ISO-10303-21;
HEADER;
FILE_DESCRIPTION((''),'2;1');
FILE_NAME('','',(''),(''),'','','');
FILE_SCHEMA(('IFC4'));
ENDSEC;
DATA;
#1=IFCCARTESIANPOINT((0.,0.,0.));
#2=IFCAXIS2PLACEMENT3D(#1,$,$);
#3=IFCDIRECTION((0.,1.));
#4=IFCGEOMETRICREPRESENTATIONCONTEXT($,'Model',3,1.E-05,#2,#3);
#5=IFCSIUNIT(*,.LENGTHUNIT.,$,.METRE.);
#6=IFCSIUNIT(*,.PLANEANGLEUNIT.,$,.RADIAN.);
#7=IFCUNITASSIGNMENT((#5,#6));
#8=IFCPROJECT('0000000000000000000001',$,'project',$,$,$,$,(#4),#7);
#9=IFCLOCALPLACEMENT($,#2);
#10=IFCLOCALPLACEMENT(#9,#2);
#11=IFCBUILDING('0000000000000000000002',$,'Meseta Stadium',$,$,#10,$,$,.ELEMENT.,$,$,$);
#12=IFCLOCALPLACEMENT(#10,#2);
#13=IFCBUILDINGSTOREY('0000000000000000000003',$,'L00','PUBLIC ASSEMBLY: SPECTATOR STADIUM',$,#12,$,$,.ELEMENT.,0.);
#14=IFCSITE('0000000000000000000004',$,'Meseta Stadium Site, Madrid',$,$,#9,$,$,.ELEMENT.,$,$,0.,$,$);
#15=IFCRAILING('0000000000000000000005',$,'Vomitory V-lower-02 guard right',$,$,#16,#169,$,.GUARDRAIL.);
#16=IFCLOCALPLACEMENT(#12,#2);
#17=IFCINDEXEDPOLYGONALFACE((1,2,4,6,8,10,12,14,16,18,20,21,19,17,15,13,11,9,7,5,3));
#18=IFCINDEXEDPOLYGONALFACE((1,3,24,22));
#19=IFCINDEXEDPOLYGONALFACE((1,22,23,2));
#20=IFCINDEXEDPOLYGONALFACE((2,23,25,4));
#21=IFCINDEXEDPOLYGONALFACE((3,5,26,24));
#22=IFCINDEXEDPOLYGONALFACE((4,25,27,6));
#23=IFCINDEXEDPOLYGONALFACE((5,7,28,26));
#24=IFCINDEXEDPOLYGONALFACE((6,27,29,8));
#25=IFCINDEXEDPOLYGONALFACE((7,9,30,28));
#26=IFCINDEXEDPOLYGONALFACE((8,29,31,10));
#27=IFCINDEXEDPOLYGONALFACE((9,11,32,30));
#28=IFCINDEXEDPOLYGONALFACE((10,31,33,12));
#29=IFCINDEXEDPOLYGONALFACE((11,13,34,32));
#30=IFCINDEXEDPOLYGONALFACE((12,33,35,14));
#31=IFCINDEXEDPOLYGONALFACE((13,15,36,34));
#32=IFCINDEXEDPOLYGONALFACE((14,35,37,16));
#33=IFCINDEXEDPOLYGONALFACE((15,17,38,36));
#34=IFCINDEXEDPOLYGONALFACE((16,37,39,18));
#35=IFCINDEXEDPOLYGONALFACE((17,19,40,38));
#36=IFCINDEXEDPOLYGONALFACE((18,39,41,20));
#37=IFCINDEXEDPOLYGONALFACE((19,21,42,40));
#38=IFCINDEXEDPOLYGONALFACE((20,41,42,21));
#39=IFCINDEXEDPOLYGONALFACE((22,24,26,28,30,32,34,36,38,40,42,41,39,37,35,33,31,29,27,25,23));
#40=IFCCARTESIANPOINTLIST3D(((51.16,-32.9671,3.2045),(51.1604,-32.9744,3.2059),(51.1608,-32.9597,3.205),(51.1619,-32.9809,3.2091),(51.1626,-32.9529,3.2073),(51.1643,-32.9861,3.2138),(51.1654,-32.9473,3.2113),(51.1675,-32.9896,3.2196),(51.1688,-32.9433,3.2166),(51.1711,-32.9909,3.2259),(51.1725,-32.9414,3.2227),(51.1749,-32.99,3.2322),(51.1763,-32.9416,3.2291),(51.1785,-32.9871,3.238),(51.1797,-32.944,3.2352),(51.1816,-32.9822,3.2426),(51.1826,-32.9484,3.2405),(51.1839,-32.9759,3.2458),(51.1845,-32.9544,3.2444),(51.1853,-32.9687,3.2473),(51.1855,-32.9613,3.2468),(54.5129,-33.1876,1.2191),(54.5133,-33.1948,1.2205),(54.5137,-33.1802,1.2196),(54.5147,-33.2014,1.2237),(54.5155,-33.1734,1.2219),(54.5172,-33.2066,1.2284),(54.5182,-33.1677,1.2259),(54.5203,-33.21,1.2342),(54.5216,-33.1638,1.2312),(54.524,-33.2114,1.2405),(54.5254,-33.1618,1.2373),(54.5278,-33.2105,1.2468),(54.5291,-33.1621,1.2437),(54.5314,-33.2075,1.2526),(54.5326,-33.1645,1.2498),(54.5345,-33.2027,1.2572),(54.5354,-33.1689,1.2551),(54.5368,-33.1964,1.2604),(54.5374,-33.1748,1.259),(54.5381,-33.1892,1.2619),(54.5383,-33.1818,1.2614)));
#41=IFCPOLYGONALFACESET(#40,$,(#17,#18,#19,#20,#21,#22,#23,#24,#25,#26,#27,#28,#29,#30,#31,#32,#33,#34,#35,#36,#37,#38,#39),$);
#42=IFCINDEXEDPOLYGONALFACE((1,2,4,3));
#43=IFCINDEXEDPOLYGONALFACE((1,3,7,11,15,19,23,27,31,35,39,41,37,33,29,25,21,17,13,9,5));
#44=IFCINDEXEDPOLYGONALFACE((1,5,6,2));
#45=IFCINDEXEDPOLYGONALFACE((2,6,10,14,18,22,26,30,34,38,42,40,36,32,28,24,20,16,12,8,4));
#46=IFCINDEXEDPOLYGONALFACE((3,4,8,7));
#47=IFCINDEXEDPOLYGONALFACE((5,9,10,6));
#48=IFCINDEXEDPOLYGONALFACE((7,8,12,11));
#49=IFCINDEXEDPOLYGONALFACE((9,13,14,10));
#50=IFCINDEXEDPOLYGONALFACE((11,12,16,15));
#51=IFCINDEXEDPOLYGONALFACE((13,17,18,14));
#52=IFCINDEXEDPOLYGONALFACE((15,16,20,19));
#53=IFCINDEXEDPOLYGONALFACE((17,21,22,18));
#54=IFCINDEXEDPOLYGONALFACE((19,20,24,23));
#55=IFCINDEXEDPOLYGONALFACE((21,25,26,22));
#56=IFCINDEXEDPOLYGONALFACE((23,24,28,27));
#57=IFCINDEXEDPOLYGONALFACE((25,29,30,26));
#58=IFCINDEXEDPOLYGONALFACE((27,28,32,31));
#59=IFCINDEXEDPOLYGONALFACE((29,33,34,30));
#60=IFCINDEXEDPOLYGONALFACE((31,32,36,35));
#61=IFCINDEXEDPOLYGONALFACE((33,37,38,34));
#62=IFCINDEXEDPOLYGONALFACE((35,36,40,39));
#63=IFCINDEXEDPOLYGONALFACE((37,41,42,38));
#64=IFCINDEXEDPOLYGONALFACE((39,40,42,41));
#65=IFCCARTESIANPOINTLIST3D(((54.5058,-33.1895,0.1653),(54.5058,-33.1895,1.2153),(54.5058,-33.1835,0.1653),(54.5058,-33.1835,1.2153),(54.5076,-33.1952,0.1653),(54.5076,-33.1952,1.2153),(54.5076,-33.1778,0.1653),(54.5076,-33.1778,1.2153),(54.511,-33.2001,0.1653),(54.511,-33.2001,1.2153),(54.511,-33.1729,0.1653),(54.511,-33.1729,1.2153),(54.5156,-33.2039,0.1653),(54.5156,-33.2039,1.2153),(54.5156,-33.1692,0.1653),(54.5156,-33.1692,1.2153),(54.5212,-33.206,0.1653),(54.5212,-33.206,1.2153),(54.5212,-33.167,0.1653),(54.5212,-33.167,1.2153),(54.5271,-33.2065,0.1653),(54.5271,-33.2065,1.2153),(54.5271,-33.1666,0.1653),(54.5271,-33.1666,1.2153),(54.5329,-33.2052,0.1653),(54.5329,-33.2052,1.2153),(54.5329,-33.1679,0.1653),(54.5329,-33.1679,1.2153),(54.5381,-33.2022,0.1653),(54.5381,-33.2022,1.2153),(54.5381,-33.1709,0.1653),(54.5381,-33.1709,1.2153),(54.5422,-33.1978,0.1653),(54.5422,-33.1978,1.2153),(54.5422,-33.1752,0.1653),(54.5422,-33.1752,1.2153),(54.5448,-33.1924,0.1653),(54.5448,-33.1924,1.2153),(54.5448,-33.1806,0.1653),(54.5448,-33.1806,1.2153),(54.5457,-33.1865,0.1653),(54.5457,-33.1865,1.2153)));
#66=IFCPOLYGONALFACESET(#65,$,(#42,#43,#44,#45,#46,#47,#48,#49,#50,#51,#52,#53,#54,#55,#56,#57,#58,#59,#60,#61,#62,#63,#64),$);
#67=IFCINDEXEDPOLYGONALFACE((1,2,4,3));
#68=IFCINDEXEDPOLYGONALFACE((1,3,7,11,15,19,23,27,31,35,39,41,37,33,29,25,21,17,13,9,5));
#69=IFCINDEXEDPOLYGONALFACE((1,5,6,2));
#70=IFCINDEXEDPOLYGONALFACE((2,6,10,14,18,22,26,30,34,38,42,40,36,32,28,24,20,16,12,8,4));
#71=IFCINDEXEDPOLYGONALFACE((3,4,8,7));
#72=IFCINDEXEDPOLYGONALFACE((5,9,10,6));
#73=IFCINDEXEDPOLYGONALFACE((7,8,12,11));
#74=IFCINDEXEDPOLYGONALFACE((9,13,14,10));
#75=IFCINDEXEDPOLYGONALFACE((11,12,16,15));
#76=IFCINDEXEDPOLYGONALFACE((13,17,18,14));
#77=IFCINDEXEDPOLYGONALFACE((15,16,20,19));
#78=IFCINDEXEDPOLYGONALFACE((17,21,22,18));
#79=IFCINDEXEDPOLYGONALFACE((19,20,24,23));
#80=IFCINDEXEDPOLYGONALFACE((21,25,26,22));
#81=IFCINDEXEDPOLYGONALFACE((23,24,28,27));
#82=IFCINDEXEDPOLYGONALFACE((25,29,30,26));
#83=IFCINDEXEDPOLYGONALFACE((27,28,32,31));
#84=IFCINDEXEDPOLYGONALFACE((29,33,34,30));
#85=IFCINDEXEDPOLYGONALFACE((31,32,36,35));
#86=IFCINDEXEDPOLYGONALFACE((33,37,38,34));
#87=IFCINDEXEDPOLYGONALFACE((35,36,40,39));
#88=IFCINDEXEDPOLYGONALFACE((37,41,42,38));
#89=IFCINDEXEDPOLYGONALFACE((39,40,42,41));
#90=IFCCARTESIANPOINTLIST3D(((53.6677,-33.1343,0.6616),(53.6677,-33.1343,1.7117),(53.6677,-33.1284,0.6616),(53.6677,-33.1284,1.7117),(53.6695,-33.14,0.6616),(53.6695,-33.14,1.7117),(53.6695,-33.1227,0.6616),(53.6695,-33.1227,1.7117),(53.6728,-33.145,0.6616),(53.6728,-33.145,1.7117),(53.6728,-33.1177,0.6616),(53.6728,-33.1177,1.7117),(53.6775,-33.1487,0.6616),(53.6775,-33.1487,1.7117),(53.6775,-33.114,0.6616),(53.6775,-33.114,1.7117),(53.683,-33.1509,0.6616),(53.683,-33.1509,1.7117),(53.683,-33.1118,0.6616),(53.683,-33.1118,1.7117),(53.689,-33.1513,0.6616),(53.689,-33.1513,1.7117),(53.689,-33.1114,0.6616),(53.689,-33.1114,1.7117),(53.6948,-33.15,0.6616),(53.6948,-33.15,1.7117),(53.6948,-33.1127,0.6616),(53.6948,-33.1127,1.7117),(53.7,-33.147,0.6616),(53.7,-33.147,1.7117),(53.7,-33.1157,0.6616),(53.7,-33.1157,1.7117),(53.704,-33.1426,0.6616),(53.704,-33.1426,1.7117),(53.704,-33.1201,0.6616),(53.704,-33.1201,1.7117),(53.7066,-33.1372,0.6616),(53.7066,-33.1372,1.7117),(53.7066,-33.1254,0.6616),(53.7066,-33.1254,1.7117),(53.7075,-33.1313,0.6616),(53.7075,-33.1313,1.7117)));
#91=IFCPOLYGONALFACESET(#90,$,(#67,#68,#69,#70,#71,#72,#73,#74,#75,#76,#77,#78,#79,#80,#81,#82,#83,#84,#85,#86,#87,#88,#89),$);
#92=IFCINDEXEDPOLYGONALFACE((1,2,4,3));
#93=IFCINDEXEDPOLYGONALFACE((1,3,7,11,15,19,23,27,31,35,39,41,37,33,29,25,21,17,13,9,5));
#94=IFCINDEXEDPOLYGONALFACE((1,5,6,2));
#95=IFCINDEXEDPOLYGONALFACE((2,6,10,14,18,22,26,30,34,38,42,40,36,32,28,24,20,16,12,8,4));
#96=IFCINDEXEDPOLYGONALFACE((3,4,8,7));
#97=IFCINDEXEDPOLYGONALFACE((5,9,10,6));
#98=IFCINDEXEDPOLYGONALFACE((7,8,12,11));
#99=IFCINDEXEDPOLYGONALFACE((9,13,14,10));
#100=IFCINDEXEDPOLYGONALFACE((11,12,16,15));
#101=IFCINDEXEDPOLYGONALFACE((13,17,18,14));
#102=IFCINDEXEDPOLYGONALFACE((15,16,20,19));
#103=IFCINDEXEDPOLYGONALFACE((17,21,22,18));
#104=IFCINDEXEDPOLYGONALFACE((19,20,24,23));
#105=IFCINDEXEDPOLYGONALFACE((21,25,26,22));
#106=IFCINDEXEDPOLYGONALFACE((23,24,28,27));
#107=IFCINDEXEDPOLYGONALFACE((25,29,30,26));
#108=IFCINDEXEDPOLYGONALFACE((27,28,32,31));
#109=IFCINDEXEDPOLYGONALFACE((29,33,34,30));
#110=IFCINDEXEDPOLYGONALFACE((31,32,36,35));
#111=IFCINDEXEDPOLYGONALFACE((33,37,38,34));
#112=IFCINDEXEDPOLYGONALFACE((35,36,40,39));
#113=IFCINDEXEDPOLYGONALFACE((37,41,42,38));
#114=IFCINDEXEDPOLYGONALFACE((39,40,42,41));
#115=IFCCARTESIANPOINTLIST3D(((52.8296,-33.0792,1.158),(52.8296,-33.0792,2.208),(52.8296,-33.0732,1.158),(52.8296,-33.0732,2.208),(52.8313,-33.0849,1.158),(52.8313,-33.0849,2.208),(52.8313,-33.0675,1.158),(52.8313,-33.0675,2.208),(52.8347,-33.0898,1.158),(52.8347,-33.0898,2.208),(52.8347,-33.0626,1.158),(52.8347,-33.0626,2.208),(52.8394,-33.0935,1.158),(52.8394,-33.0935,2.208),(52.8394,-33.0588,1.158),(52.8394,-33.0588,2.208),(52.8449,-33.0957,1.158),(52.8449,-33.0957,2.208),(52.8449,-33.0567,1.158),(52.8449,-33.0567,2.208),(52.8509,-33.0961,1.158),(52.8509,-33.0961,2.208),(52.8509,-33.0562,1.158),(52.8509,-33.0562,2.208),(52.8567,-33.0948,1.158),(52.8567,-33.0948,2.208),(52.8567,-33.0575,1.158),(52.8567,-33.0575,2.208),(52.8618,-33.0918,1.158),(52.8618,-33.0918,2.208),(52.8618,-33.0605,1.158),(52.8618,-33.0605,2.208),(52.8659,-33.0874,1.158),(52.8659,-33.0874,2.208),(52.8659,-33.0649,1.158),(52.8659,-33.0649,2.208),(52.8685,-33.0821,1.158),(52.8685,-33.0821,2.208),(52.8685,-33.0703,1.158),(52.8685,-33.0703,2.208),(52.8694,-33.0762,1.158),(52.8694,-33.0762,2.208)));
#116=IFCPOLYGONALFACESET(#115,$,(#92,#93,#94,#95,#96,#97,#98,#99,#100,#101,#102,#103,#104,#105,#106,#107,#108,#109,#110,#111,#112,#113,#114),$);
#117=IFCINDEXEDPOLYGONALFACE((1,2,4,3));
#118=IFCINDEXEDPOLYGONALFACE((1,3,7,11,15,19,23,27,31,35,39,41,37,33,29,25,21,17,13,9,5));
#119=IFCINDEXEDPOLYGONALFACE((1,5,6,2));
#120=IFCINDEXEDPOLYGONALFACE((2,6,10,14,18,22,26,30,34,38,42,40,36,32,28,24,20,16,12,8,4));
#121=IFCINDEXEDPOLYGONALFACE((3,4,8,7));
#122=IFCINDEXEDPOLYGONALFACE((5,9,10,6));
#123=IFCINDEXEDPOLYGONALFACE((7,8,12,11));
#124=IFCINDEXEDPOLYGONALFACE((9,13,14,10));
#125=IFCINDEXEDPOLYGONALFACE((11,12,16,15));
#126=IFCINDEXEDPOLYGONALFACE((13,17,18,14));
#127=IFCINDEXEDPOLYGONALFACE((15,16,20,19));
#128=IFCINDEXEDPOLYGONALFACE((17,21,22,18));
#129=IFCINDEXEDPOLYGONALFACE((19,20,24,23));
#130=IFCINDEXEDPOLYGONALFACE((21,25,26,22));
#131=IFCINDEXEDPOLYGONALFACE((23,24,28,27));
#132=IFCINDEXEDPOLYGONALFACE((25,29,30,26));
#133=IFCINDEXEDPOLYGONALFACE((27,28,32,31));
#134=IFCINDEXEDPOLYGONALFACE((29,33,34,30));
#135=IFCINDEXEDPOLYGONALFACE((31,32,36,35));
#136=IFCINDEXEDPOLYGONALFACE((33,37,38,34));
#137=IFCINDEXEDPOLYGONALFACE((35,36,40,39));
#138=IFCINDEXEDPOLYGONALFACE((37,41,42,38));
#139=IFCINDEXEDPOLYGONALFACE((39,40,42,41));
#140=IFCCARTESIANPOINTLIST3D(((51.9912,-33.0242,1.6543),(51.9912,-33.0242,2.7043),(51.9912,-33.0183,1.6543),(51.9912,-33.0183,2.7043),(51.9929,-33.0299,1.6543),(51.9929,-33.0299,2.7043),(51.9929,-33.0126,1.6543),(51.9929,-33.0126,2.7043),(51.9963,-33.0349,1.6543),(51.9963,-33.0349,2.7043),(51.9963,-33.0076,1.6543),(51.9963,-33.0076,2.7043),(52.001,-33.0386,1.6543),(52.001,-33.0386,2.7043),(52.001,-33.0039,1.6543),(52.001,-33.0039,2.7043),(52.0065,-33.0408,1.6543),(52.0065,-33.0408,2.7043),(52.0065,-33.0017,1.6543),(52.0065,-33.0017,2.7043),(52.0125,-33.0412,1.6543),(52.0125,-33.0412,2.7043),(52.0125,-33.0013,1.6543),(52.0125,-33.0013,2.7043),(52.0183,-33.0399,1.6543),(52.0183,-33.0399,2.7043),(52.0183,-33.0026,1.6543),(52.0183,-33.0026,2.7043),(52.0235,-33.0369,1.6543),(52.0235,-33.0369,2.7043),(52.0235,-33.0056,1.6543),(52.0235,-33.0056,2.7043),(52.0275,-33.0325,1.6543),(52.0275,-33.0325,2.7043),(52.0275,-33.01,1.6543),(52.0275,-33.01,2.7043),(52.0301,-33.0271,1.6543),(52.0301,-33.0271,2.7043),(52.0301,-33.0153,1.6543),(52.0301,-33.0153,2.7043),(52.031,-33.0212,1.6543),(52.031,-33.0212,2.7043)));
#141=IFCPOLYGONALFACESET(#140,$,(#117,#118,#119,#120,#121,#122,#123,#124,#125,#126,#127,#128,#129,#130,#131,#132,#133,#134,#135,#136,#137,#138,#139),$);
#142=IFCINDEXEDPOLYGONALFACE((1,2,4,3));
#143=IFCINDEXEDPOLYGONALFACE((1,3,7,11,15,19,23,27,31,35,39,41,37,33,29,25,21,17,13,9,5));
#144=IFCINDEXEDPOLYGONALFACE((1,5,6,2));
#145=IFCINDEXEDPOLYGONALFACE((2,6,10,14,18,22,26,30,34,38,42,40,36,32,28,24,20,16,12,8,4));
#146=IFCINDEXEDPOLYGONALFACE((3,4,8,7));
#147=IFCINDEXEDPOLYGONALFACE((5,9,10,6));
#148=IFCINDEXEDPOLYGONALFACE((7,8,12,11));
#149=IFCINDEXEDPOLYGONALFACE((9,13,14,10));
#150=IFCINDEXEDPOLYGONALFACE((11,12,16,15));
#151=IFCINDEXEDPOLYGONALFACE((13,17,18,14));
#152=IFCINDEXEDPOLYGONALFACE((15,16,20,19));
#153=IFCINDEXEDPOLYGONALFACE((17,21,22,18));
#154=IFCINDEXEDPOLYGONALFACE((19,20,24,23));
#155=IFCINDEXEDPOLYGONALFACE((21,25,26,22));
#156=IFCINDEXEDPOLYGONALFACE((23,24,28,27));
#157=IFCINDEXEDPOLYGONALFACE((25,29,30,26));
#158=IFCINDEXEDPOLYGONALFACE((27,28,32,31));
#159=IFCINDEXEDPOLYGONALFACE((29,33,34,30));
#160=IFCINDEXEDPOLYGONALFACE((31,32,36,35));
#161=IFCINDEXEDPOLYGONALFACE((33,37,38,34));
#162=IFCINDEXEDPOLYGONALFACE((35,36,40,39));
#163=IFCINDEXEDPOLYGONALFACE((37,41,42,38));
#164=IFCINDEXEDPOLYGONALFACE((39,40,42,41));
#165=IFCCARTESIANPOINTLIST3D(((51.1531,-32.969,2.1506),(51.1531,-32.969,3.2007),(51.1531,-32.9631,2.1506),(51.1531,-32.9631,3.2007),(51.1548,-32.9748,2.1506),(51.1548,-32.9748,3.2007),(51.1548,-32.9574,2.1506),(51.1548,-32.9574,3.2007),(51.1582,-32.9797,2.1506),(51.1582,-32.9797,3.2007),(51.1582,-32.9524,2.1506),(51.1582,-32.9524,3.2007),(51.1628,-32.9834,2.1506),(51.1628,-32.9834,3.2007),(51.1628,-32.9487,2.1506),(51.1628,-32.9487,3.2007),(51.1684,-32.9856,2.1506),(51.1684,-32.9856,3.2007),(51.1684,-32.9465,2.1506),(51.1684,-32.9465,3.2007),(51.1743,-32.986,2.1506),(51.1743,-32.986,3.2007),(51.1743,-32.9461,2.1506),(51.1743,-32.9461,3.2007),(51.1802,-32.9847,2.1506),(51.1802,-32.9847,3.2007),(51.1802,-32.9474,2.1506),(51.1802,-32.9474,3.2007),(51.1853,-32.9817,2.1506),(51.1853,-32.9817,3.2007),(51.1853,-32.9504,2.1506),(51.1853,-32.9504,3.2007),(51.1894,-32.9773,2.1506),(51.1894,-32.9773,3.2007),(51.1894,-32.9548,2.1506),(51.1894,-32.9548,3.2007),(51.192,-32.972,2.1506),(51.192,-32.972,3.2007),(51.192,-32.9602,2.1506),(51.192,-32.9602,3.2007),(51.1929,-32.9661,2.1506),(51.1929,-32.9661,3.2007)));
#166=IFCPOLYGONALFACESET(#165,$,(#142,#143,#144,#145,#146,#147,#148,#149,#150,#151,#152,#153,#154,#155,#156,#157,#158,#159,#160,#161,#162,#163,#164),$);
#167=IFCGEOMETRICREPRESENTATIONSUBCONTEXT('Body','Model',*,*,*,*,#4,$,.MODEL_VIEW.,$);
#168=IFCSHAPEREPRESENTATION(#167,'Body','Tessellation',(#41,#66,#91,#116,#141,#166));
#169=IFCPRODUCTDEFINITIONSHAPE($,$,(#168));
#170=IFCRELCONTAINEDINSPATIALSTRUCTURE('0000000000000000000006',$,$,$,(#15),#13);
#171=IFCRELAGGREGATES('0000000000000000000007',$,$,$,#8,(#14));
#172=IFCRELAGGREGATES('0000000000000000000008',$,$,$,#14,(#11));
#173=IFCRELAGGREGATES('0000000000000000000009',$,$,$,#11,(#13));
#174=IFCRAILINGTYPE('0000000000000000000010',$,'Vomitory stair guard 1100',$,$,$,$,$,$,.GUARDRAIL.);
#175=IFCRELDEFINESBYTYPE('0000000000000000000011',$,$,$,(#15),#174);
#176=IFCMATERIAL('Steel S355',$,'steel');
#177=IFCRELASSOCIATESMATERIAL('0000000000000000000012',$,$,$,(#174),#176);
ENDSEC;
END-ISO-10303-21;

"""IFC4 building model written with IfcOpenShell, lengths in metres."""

from ifc_helpers import new_model, si_unit, direction, frame, origin, origin_2d, place, context, subcontext, project, spatial, circle, extrude, material, type_object, element, save


model = new_model("IFC4")

# Units and contexts
model_context = context("Model", 3, precision=1e-05, world=origin(), true_north=direction((0.0, 1.0)))
body_context = subcontext(model_context, "Body", "Model", "MODEL_VIEW")
ifc_project = project(units=[si_unit("LENGTHUNIT", "METRE"), si_unit("PLANEANGLEUNIT", "RADIAN")], contexts=[model_context])

# Site, building, storey
site_placement = place(None, origin())
site = spatial("IfcSite", under=ifc_project, at=site_placement, Name="Meseta Stadium Site, Madrid", CompositionType="ELEMENT", RefElevation=0.0)
building_placement = place(site_placement, origin())
building = spatial("IfcBuilding", under=site, at=building_placement, Name="Meseta Stadium", CompositionType="ELEMENT")
storey_placement = place(building_placement, origin())
storey = spatial("IfcBuildingStorey", under=building, at=storey_placement, Name="L00", Description="PUBLIC ASSEMBLY: SPECTATOR STADIUM", CompositionType="ELEMENT", Elevation=0.0)

# Railing
ifc_material_1 = material(Name="Steel S355", Category="steel")
railing_type_1 = type_object("IfcRailingType", Name="Vomitory stair guard 1100", PredefinedType="GUARDRAIL", material=ifc_material_1)
for number, where, name in (
    (1, (54.5256, -33.1865, 0.1653), "Vomitory V-lower-02 guard right"),
):
    element("IfcRailing", number, at=place(storey_placement, frame(where)), inside=storey, type_object=railing_type_1, Name=name, PredefinedType="GUARDRAIL", context=body_context, shape_type="SweptSolid", body=[
        extrude(circle(Radius=0.0249, at=origin_2d()), frame((0.0, 0.0, 1.0752), z_axis=(-0.859084, 0.056488, 0.508707), x_axis=(-0.065612, -0.997845, 0.0)), (0.0, 0.0, 1.0), 3.9028),
        extrude(circle(Radius=0.02, at=origin_2d()), origin(), (0.0, 0.0, 1.0), 1.05),
        extrude(circle(Radius=0.02, at=origin_2d()), frame((-0.8381, 0.0552, 0.4963)), (0.0, 0.0, 1.0), 1.05),
        extrude(circle(Radius=0.02, at=origin_2d()), frame((-1.6763, 0.1104, 0.9927)), (0.0, 0.0, 1.0), 1.05),
        extrude(circle(Radius=0.02, at=origin_2d()), frame((-2.5146, 0.1653, 1.489)), (0.0, 0.0, 1.0), 1.05),
        extrude(circle(Radius=0.02, at=origin_2d()), frame((-3.3528, 0.2205, 1.9854)), (0.0, 0.0, 1.0), 1.05),
    ])

save(model, "model.ifc")
